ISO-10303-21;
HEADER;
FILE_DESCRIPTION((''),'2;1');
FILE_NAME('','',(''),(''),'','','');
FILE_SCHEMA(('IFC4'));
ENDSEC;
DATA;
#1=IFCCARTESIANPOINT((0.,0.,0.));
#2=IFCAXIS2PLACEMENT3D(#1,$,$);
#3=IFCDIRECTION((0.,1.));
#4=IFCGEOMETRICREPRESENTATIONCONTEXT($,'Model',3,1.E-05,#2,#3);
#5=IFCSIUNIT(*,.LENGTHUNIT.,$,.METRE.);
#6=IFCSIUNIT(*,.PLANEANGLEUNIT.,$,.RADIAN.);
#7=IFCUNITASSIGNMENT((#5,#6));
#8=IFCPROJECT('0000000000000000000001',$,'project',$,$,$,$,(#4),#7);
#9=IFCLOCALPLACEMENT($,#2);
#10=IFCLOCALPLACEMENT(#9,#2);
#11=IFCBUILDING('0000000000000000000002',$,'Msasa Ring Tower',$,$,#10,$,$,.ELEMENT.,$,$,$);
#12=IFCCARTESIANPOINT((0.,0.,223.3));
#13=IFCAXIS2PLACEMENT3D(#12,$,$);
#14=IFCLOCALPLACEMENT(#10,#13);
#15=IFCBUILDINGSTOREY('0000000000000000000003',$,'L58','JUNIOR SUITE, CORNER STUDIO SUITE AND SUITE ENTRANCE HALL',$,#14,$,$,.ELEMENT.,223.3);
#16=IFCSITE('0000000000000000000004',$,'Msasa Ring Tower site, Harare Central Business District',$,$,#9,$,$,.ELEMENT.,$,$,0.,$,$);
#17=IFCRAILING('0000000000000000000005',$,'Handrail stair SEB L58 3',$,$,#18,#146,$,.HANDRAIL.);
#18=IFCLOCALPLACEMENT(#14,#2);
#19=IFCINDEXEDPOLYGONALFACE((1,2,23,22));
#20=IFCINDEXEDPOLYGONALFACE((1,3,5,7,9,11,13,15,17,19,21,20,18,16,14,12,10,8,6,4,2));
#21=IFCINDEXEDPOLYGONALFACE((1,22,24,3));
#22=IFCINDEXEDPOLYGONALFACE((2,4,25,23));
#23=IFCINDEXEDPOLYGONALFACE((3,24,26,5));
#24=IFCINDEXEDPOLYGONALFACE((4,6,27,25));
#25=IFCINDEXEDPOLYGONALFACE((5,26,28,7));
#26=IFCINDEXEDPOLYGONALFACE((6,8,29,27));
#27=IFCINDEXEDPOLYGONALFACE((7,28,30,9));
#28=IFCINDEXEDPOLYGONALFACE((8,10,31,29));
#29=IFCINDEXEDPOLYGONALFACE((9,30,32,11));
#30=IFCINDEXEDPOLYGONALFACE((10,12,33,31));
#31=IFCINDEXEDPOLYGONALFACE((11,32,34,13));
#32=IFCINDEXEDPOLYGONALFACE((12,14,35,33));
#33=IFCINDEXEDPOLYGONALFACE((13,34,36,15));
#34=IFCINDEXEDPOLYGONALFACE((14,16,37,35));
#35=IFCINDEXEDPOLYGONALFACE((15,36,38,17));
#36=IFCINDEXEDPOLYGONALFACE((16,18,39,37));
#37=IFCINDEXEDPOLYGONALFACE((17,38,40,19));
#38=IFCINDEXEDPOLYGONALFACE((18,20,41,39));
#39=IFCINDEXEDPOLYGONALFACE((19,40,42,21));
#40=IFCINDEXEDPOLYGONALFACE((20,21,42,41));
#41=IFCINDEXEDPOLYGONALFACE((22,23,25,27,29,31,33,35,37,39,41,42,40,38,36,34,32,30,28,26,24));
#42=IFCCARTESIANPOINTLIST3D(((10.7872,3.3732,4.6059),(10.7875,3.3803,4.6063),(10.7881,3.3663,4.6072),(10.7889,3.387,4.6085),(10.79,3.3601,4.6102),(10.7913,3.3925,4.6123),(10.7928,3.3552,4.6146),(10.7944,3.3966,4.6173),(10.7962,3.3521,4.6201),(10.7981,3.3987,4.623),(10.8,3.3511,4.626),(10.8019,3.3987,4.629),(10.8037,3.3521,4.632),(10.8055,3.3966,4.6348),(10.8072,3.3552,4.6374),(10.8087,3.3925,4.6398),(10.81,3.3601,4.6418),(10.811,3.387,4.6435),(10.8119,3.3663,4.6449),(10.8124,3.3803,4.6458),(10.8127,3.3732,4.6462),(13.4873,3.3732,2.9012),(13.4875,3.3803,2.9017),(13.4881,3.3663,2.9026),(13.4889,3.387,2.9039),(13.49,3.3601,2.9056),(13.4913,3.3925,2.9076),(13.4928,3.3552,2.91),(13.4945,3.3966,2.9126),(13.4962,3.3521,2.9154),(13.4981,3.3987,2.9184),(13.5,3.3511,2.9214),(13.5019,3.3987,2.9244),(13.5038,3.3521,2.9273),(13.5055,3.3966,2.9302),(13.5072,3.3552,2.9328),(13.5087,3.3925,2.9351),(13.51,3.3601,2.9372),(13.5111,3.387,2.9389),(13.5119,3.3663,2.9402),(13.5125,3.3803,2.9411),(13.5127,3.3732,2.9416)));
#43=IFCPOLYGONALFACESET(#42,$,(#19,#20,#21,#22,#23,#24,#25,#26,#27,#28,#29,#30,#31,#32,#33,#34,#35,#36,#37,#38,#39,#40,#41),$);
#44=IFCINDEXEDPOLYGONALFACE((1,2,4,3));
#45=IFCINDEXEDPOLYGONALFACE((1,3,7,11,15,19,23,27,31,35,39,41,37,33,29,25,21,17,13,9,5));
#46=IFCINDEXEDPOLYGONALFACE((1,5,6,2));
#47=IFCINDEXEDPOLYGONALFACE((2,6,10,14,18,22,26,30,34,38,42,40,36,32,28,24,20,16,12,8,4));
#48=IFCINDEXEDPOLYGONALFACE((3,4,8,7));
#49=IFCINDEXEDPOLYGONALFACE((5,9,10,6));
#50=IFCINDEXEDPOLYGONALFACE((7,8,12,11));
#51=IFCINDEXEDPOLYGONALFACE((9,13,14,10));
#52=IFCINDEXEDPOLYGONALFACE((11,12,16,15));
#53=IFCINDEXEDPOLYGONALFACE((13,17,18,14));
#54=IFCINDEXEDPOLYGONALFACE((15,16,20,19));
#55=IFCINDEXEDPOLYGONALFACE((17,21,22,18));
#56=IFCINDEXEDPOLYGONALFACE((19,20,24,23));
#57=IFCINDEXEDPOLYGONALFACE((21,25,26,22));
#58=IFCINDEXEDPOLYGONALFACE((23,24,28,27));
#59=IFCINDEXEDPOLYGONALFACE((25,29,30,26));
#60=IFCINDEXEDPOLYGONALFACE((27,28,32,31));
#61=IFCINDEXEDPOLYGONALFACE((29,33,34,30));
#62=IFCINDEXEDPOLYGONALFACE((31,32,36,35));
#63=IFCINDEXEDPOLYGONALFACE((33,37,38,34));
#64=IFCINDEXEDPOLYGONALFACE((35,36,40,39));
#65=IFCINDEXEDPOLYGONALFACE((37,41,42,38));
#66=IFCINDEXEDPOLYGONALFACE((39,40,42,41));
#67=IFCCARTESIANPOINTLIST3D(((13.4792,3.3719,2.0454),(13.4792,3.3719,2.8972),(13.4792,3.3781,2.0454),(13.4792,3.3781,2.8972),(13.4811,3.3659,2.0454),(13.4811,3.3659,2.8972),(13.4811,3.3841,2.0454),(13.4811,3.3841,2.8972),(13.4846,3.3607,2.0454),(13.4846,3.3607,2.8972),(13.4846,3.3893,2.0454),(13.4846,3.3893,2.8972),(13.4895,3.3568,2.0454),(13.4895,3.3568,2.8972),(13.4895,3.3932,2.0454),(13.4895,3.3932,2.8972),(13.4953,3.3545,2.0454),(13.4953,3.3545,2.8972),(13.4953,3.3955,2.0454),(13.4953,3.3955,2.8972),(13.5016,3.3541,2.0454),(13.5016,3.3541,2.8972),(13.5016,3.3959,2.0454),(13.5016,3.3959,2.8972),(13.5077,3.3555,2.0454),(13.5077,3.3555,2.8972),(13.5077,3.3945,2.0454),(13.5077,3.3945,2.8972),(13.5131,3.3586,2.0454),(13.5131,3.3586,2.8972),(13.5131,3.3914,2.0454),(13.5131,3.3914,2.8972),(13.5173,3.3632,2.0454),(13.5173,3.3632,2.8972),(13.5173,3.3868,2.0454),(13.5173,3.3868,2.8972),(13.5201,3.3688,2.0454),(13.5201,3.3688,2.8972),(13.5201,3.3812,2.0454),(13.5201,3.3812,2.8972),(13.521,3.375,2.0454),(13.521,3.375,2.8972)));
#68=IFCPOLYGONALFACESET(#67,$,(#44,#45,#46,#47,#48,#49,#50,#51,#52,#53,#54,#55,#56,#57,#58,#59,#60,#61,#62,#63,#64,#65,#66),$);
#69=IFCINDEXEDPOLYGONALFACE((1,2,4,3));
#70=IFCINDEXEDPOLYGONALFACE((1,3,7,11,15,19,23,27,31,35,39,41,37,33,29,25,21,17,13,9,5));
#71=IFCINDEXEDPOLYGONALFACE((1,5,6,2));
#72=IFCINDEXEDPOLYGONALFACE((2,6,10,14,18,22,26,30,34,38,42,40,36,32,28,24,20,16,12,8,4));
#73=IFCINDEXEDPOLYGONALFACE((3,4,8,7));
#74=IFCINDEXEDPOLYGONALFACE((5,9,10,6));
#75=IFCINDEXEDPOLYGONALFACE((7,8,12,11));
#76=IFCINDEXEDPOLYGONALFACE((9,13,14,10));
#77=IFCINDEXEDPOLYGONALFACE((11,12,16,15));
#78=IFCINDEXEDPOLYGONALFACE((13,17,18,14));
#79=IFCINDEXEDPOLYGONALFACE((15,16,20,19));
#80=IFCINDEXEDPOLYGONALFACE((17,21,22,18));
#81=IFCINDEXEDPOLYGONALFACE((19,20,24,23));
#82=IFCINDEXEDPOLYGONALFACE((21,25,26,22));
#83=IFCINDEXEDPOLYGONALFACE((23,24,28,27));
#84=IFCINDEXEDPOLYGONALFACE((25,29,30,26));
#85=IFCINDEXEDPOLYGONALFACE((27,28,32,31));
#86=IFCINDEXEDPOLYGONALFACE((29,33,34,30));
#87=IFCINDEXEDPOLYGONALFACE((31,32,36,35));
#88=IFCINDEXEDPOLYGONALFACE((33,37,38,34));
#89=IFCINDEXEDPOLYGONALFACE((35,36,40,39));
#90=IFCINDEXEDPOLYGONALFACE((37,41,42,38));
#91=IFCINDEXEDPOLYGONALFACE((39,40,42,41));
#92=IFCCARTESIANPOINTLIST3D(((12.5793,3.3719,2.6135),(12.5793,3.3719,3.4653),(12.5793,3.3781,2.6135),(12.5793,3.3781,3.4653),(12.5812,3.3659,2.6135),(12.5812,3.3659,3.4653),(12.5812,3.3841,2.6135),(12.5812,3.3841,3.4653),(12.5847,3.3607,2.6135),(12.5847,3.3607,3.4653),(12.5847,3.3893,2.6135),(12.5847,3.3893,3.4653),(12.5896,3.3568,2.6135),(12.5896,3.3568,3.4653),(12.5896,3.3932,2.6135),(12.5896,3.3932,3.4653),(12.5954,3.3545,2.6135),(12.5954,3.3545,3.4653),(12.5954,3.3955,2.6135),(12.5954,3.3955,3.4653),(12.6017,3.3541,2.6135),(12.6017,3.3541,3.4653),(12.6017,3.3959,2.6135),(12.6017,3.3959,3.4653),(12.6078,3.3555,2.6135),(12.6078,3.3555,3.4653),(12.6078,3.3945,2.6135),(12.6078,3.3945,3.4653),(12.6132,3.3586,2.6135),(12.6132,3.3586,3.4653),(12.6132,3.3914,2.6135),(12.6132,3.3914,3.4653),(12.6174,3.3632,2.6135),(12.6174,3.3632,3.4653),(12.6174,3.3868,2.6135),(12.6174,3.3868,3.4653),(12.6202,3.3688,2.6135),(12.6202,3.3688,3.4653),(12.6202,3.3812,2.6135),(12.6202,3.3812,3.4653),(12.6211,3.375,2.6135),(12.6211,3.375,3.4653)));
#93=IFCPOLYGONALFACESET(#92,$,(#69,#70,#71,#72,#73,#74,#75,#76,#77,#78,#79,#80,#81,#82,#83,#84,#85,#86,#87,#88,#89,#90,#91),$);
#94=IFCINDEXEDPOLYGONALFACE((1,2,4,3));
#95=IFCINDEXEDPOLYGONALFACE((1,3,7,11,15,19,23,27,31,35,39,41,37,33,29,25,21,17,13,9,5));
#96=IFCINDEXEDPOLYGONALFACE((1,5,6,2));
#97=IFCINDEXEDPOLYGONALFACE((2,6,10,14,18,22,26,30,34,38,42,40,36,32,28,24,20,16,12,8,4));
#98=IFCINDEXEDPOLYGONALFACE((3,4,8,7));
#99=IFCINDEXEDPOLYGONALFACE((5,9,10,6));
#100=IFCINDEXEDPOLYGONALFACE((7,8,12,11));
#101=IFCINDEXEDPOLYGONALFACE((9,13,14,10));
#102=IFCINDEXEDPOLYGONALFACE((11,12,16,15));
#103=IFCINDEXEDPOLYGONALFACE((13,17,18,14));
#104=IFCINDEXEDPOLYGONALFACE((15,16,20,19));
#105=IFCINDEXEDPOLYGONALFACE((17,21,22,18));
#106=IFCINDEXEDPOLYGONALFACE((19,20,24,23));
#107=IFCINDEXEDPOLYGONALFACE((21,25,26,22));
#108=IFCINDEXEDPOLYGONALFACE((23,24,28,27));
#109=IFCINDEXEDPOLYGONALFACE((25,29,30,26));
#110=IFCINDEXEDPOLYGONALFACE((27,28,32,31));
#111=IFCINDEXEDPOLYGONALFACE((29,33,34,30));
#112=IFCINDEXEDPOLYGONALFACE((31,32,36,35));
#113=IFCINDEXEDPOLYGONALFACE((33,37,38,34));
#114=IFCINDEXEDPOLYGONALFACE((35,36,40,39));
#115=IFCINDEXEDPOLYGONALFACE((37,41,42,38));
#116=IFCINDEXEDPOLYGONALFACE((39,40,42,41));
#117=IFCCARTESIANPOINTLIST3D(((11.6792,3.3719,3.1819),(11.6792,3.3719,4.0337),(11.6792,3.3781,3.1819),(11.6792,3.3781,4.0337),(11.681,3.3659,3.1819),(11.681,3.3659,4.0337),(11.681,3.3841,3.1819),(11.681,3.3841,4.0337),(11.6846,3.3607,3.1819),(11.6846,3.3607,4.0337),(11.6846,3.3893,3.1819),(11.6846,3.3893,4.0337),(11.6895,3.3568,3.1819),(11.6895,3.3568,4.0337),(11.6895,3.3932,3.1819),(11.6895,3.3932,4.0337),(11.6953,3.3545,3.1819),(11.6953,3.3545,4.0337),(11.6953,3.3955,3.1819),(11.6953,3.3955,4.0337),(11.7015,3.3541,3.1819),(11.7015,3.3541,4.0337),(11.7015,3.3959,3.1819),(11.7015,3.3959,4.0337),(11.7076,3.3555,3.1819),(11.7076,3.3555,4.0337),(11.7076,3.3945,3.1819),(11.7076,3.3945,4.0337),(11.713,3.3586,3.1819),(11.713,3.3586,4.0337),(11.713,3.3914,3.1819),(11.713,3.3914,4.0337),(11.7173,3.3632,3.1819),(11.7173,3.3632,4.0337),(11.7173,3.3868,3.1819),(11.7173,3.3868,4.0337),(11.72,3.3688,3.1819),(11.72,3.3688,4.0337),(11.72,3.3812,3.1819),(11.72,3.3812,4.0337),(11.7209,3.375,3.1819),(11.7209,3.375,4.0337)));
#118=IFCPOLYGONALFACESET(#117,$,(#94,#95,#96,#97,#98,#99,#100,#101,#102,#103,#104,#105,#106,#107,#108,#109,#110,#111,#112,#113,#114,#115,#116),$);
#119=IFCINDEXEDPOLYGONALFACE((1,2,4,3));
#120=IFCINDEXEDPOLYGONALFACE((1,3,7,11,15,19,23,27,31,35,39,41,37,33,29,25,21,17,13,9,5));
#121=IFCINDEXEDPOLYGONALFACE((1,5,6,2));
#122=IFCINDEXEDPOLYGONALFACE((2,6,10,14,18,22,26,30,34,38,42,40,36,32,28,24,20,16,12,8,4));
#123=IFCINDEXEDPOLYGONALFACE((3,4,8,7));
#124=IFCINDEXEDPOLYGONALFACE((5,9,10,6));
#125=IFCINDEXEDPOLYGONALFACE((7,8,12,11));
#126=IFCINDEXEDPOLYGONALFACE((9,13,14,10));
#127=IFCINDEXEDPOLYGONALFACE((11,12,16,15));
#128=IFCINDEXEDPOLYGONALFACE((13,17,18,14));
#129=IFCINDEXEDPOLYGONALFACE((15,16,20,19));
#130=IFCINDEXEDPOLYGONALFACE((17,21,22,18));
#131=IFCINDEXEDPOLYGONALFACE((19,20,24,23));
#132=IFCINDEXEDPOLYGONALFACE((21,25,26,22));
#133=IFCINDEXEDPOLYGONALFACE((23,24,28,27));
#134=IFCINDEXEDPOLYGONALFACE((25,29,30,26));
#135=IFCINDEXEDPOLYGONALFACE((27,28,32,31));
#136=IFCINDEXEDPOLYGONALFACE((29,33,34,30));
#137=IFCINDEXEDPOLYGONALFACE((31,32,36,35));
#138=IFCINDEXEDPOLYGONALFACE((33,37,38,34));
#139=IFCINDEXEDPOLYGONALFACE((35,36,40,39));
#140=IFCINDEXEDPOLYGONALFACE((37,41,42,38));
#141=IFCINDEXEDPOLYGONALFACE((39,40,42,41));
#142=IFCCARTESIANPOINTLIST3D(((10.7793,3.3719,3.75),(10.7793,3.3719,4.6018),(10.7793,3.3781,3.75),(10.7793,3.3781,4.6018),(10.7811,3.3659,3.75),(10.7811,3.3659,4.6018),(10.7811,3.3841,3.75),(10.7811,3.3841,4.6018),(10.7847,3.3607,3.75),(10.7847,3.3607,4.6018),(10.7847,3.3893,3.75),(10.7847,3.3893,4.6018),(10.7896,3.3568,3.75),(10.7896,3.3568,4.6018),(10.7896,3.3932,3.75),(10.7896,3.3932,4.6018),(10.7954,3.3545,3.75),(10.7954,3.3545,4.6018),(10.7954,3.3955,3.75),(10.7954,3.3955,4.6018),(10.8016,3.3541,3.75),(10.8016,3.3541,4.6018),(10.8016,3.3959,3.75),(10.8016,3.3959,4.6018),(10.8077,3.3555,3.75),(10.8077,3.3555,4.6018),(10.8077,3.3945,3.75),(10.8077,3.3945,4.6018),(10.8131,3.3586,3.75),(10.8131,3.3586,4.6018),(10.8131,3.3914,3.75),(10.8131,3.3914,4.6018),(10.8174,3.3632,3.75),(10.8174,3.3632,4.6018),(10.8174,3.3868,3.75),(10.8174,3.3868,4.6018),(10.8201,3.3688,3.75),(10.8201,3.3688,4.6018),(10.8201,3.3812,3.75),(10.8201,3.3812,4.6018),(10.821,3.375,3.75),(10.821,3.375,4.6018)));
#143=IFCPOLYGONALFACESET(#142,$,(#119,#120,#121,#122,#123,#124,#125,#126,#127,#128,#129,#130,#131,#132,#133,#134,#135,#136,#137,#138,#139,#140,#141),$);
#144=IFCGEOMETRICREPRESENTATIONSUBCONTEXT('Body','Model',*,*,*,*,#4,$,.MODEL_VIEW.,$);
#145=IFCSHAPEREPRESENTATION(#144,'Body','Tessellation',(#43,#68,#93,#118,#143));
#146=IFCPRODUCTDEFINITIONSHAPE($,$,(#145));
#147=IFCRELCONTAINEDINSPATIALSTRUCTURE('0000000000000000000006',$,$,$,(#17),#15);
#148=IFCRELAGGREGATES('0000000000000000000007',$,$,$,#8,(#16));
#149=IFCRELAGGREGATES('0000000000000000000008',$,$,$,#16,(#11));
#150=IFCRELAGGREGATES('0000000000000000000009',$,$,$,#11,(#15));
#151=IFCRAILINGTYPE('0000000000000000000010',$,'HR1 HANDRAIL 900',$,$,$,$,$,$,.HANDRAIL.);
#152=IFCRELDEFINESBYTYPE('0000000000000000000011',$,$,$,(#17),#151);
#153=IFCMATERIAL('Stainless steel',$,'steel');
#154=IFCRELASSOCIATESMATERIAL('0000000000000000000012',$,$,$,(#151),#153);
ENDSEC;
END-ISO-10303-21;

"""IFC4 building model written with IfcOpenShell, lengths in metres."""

from ifc_helpers import new_model, si_unit, direction, frame, origin, origin_2d, place, context, subcontext, project, spatial, circle, extrude, material, type_object, element, save


model = new_model("IFC4")

# Units and contexts
model_context = context("Model", 3, precision=1e-05, world=origin(), true_north=direction((0.0, 1.0)))
body_context = subcontext(model_context, "Body", "Model", "MODEL_VIEW")
ifc_project = project(units=[si_unit("LENGTHUNIT", "METRE"), si_unit("PLANEANGLEUNIT", "RADIAN")], contexts=[model_context])

# Site, building, storey
site_placement = place(None, origin())
site = spatial("IfcSite", under=ifc_project, at=site_placement, Name="Msasa Ring Tower site, Harare Central Business District", CompositionType="ELEMENT", RefElevation=0.0)
building_placement = place(site_placement, origin())
building = spatial("IfcBuilding", under=site, at=building_placement, Name="Msasa Ring Tower", CompositionType="ELEMENT")
storey_placement = place(building_placement, frame((0.0, 0.0, 223.3)))
storey = spatial("IfcBuildingStorey", under=building, at=storey_placement, Name="L58", Description="JUNIOR SUITE, CORNER STUDIO SUITE AND SUITE ENTRANCE HALL", CompositionType="ELEMENT", Elevation=223.3)

# Railing
ifc_material_1 = material(Name="Stainless steel", Category="steel")
railing_type = type_object("IfcRailingType", Name="HR1 HANDRAIL 900", PredefinedType="HANDRAIL", material=ifc_material_1)
for number, where, name in (
    (1, (13.5, 3.375, 2.0454), "Handrail stair SEB L58 3"),
):
    element("IfcRailing", number, at=place(storey_placement, frame(where)), inside=storey, type_object=railing_type, Name=name, PredefinedType="HANDRAIL", context=body_context, shape_type="SweptSolid", body=[
        extrude(circle(Radius=0.0239, at=origin_2d()), frame((0.0, 0.0, 0.876), z_axis=(-0.84558, 0.0, 0.533849), x_axis=(0.0, -1.0, 0.0)), (0.0, 0.0, 1.0), 3.1931),
        extrude(circle(Radius=0.021, at=origin_2d()), origin(), (0.0, 0.0, 1.0), 0.8518),
        extrude(circle(Radius=0.021, at=origin_2d()), frame((-0.8999, 0.0, 0.5681)), (0.0, 0.0, 1.0), 0.8518),
        extrude(circle(Radius=0.021, at=origin_2d()), frame((-1.8, 0.0, 1.1365)), (0.0, 0.0, 1.0), 0.8518),
        extrude(circle(Radius=0.021, at=origin_2d()), frame((-2.7, 0.0, 1.7046)), (0.0, 0.0, 1.0), 0.8518),
    ])

save(model, "model.ifc")
